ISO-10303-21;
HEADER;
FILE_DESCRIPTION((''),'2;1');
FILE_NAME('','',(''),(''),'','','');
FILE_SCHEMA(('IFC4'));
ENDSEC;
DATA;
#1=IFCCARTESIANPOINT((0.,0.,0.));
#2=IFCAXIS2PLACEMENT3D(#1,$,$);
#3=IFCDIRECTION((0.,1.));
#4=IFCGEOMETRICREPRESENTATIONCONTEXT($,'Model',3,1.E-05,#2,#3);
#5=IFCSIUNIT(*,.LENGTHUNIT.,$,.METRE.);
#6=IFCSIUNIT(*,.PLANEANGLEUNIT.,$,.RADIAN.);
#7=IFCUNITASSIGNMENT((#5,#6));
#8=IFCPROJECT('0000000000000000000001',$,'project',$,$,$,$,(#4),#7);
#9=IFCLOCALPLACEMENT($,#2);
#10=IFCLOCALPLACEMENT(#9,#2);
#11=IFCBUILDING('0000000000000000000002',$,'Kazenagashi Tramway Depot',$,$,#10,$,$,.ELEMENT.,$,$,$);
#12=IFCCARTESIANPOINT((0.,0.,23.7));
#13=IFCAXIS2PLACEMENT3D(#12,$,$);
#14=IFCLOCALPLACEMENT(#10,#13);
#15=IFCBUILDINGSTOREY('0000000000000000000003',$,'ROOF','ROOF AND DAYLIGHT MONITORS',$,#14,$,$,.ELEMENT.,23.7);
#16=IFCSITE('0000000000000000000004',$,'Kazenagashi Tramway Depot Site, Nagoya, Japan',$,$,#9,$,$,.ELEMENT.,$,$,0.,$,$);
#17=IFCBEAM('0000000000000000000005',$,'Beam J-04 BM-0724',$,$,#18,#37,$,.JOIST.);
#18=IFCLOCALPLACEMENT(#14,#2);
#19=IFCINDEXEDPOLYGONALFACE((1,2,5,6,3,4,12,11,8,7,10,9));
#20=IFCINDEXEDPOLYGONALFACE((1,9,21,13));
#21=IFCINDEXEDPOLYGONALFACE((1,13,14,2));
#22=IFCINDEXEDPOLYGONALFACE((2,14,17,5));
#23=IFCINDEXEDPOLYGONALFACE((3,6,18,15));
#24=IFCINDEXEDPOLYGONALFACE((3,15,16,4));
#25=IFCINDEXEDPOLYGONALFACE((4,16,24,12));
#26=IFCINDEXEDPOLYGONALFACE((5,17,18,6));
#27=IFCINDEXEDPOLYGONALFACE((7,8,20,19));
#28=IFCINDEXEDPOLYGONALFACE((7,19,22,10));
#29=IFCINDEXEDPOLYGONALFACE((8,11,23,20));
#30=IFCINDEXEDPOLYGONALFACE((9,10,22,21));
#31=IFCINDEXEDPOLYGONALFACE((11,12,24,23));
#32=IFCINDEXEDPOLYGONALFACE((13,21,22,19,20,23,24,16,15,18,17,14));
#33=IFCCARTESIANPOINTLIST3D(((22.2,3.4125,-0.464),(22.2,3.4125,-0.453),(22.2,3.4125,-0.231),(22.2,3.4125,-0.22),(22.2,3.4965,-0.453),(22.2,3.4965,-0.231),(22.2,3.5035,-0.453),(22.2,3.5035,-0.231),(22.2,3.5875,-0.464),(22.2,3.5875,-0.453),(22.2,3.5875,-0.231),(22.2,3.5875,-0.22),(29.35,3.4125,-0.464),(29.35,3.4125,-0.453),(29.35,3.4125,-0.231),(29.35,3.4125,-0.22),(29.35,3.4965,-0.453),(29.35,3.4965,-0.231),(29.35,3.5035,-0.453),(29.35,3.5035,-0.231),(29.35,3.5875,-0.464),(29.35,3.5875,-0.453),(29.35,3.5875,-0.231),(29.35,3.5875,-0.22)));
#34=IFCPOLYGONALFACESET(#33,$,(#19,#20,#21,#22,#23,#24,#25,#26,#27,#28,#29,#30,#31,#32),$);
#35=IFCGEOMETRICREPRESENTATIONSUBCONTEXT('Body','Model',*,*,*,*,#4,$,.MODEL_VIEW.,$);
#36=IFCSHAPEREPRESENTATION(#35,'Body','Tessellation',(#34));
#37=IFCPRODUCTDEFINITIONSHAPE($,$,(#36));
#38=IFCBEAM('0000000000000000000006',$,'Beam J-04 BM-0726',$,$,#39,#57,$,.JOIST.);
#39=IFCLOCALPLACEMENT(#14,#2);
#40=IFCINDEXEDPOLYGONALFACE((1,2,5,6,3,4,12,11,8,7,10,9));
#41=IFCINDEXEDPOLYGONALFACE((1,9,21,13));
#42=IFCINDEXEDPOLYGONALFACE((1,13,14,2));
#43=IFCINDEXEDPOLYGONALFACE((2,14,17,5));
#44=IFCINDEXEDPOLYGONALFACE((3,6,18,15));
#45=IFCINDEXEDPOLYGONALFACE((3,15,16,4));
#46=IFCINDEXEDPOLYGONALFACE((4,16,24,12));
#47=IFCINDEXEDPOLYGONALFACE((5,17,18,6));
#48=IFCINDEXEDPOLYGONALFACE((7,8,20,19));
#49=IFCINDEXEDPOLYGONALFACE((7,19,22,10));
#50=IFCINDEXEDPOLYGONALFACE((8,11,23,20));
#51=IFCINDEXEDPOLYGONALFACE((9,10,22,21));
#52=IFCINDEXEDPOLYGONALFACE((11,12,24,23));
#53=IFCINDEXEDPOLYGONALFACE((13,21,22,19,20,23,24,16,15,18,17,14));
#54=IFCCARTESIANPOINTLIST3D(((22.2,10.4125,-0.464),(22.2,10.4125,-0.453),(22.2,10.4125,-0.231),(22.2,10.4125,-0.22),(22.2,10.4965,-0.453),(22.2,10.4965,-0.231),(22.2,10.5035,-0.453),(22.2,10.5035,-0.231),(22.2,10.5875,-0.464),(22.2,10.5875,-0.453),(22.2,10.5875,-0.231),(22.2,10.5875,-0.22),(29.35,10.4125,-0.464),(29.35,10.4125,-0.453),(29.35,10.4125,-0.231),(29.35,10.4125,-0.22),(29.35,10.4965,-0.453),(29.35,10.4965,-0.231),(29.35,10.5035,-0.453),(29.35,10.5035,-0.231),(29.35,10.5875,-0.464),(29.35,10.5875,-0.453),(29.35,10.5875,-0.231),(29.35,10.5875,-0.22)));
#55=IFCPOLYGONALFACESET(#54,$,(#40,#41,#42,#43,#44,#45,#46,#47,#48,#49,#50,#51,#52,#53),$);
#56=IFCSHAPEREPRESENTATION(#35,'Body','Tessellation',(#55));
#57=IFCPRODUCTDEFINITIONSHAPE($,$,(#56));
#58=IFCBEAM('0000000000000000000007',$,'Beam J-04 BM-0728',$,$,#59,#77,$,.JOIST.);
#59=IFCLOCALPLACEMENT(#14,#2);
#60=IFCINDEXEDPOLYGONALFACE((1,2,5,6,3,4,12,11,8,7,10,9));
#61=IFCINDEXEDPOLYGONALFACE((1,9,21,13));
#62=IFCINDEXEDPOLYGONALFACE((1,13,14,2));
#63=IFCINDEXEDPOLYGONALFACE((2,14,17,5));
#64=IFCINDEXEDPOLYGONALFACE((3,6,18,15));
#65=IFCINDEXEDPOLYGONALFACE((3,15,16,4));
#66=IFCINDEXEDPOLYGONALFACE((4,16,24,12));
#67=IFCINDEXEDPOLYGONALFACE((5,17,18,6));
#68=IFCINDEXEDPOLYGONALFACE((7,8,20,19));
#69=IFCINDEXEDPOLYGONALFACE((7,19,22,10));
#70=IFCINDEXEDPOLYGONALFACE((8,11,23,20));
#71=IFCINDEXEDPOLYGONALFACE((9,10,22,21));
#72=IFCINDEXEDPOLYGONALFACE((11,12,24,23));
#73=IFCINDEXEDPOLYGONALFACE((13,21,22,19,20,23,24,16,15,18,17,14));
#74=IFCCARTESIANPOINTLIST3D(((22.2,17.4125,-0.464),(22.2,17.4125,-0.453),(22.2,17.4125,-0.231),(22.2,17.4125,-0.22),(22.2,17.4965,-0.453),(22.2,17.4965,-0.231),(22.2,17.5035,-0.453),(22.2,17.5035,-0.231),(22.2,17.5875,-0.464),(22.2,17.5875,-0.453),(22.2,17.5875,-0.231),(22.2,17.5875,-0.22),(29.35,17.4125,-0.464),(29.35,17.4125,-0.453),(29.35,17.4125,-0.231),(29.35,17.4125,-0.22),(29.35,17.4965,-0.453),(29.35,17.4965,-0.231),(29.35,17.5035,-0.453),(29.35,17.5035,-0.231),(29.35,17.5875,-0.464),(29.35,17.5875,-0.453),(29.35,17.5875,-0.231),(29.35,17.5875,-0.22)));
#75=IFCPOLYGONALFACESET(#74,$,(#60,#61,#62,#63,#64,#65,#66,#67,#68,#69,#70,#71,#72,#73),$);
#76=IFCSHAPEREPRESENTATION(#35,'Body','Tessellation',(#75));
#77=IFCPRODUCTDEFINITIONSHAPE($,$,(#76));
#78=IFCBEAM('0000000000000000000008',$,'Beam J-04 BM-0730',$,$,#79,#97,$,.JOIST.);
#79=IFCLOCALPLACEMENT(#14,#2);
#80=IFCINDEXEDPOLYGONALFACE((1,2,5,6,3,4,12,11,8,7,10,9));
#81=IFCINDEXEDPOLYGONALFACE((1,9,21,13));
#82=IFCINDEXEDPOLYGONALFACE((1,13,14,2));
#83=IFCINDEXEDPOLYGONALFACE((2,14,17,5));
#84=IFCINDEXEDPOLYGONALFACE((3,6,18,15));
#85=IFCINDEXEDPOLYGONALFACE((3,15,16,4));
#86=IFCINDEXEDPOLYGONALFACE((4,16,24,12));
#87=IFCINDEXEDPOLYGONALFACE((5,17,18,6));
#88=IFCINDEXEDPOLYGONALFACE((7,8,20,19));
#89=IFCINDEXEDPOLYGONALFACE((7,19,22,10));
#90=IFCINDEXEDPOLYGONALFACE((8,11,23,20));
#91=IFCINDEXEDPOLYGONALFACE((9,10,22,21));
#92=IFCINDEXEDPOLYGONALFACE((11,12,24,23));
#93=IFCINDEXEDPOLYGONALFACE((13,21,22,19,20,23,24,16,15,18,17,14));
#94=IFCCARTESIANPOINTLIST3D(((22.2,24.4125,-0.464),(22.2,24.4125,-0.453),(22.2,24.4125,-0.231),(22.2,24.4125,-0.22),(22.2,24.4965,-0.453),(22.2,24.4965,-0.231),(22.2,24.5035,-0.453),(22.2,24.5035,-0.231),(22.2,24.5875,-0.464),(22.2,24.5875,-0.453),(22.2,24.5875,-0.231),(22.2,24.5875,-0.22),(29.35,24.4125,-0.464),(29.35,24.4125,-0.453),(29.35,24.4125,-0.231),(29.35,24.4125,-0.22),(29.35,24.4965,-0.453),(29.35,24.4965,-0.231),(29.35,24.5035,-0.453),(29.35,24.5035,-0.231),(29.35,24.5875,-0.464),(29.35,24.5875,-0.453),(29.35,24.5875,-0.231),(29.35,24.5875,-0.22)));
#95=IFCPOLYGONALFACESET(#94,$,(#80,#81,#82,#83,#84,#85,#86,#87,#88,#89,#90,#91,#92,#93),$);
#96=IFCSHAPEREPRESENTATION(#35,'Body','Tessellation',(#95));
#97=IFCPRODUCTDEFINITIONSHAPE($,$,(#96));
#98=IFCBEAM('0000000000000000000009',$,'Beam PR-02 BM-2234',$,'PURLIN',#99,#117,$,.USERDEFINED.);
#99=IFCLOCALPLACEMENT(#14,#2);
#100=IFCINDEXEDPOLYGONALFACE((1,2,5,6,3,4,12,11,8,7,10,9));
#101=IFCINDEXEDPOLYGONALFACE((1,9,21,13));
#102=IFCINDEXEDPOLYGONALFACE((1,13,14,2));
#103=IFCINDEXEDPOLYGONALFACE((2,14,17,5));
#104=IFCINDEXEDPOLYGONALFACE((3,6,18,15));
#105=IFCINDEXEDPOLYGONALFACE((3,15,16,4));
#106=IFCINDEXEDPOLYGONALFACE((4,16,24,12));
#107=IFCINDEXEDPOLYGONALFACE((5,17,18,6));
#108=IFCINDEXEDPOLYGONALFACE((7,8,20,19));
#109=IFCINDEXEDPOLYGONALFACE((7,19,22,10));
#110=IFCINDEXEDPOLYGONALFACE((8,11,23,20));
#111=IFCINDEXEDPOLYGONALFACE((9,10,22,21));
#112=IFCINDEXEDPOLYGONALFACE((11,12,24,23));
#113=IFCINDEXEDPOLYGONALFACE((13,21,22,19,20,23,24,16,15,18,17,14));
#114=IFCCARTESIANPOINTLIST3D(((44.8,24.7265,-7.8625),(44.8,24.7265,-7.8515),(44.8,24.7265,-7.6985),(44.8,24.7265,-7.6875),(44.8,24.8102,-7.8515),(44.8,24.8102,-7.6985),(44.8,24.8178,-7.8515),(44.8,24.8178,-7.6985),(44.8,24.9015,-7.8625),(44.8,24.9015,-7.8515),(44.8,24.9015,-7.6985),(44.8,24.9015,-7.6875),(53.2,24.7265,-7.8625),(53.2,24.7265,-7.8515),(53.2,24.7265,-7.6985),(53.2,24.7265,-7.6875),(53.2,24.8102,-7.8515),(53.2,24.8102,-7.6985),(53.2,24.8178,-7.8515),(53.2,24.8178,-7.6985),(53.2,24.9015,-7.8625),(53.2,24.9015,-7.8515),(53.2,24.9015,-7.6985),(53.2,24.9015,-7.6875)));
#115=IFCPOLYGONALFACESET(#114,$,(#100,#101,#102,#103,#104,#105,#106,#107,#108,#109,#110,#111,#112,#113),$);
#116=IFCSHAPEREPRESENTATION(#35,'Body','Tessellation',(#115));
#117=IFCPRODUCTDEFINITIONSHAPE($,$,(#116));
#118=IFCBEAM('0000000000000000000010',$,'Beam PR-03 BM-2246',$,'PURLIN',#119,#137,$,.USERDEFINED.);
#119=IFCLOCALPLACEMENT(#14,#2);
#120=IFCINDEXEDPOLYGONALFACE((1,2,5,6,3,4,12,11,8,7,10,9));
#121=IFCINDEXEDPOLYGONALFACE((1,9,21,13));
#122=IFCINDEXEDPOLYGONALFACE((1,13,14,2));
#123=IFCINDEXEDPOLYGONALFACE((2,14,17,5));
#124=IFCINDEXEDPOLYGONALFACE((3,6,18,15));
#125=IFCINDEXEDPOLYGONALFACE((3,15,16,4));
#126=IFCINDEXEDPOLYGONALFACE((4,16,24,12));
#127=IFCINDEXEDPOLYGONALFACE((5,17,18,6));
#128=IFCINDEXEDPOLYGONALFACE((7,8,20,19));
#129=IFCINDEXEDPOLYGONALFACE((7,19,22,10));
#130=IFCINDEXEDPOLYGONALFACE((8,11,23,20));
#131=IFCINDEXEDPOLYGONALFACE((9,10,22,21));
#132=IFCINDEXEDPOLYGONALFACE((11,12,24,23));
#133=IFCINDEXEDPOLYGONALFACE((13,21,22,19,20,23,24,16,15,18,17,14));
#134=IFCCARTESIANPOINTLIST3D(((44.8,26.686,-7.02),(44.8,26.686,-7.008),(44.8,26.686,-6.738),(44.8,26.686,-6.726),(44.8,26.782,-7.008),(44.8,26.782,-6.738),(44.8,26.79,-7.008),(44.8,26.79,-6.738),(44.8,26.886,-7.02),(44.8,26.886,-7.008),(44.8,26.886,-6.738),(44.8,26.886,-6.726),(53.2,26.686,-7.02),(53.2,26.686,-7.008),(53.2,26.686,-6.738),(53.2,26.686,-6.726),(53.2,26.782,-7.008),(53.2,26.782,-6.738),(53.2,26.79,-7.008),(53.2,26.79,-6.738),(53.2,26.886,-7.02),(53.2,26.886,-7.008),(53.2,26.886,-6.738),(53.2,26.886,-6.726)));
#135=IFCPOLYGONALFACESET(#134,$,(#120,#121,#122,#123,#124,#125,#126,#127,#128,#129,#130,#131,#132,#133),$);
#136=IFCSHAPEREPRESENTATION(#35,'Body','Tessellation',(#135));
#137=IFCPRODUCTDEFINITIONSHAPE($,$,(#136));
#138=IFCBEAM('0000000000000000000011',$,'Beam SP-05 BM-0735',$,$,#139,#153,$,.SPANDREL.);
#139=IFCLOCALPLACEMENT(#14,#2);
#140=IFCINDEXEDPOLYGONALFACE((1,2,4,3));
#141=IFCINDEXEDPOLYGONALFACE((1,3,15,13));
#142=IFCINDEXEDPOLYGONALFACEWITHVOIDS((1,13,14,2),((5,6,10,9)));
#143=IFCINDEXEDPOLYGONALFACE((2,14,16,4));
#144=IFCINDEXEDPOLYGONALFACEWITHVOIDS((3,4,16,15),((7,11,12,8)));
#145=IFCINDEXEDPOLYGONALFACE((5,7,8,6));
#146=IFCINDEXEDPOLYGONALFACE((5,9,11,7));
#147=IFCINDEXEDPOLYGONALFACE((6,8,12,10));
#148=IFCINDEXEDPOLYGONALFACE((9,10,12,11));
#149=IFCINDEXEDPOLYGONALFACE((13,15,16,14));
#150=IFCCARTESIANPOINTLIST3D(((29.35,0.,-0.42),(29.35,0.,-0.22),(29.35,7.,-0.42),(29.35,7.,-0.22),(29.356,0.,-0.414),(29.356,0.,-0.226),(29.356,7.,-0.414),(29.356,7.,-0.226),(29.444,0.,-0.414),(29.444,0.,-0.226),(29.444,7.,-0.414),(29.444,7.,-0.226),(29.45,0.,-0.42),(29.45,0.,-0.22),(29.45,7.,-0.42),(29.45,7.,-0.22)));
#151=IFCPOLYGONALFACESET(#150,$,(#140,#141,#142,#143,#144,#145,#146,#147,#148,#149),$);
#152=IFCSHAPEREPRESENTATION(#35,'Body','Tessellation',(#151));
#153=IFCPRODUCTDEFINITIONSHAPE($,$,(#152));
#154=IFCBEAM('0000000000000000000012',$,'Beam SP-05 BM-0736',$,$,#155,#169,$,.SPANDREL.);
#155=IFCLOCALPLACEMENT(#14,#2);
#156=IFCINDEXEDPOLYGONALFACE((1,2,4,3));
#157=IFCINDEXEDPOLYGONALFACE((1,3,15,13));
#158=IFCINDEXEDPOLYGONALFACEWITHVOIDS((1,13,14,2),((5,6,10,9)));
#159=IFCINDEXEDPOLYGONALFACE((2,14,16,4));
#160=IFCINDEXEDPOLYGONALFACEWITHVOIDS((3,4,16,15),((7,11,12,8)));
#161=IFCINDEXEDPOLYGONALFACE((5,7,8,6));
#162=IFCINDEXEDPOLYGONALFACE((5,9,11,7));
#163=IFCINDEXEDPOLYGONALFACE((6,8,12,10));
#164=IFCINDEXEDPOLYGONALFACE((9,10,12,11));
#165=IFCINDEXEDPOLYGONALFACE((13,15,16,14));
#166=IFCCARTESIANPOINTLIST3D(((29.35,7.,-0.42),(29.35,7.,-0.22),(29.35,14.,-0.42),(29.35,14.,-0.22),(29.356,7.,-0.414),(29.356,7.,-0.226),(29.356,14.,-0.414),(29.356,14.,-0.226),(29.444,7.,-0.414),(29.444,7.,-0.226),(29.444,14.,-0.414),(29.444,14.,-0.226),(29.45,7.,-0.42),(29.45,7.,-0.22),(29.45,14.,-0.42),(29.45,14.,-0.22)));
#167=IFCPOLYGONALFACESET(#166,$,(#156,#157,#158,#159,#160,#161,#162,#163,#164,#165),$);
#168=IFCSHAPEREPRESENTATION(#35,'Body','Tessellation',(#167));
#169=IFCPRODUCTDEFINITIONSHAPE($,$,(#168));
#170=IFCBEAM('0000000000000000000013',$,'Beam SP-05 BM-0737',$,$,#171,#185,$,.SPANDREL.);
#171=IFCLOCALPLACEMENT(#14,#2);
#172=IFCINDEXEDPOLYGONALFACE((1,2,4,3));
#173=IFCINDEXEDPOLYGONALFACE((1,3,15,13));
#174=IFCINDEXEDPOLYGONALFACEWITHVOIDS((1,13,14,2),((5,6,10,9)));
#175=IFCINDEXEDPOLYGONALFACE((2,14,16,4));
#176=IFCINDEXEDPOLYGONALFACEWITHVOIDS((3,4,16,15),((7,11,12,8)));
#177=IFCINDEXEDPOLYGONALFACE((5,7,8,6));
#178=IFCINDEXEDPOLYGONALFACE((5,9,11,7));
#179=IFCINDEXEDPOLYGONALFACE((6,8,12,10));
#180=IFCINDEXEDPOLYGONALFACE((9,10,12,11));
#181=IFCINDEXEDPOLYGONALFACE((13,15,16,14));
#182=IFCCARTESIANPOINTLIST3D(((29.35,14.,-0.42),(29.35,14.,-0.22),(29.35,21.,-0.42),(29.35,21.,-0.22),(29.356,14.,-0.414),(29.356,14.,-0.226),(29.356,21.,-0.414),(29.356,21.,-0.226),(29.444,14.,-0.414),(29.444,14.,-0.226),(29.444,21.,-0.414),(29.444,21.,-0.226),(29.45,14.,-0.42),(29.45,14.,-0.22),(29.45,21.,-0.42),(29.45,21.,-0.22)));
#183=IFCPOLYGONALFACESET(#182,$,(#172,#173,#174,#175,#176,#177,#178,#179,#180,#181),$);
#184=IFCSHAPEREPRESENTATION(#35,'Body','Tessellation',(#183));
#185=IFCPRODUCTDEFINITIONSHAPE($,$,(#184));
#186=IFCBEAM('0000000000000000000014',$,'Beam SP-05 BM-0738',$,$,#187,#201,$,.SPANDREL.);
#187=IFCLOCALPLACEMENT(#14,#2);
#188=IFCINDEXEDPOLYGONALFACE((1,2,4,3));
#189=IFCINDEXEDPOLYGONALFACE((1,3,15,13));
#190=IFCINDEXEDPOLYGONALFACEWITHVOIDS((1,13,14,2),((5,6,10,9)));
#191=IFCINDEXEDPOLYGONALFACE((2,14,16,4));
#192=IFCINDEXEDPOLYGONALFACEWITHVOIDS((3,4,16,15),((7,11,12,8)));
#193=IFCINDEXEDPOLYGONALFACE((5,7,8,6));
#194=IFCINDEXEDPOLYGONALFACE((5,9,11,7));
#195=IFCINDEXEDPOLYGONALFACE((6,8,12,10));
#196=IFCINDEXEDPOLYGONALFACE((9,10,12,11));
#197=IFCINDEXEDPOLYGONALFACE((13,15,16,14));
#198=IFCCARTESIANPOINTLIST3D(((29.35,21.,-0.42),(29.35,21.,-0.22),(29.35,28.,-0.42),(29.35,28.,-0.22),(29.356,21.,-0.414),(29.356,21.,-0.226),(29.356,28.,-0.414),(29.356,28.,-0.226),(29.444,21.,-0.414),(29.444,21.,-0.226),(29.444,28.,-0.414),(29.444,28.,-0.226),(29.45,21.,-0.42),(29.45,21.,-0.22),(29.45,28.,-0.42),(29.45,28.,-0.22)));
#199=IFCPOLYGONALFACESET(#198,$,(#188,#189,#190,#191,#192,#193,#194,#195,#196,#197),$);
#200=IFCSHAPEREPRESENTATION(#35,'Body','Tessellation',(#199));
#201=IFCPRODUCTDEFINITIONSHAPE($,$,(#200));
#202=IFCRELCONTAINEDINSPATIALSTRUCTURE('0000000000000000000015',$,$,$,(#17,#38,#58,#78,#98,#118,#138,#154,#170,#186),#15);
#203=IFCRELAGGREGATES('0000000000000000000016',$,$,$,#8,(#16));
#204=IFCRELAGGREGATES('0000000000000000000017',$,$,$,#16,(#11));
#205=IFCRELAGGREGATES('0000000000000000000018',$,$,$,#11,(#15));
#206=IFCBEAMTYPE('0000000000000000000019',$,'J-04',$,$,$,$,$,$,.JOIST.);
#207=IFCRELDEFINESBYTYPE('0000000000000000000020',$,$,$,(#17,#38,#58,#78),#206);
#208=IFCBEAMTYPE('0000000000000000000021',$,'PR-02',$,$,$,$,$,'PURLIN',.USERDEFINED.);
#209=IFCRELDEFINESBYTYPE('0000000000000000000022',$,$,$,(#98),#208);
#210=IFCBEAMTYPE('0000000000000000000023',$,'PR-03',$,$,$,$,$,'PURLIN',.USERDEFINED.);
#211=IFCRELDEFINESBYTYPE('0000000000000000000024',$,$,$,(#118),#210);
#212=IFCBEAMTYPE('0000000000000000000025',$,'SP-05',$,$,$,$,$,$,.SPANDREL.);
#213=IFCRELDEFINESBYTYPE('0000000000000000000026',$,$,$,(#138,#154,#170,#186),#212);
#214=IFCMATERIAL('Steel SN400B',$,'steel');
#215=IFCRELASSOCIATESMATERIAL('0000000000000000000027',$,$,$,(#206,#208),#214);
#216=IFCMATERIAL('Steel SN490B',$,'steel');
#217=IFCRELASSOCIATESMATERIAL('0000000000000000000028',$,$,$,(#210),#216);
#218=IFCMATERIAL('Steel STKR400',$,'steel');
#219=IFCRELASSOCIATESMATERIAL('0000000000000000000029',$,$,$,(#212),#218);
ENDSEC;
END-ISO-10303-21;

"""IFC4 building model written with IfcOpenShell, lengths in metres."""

from ifc_helpers import new_model, si_unit, direction, frame, origin, origin_2d, place, context, subcontext, project, spatial, hollow_rectangle, i_section, extrude, material, material_profile, profile_set, type_object, element, save


model = new_model("IFC4")

# Units and contexts
model_context = context("Model", 3, precision=1e-05, world=origin(), true_north=direction((0.0, 1.0)))
body_context = subcontext(model_context, "Body", "Model", "MODEL_VIEW")
ifc_project = project(units=[si_unit("LENGTHUNIT", "METRE"), si_unit("PLANEANGLEUNIT", "RADIAN")], contexts=[model_context])

# Site, building, storey
site_placement = place(None, origin())
site = spatial("IfcSite", under=ifc_project, at=site_placement, Name="Kazenagashi Tramway Depot Site, Nagoya, Japan", CompositionType="ELEMENT", RefElevation=0.0)
building_placement = place(site_placement, origin())
building = spatial("IfcBuilding", under=site, at=building_placement, Name="Kazenagashi Tramway Depot", CompositionType="ELEMENT")
storey_placement = place(building_placement, frame((0.0, 0.0, 23.7)))
storey = spatial("IfcBuildingStorey", under=building, at=storey_placement, Name="ROOF", Description="ROOF AND DAYLIGHT MONITORS", CompositionType="ELEMENT", Elevation=23.7)

# Shared definitions
ifc_material_1 = material(Name="Steel STKR400", Category="steel")

# Beams
ifc_material_2 = material(Name="Steel SN490B", Category="steel")
ifc_material_3 = material(Name="Steel SN400B", Category="steel")
ifc_material_profile_1 = material_profile(ifc_material_3, i_section(OverallWidth=0.175, OverallDepth=0.244, WebThickness=0.007, FlangeThickness=0.011, at=origin_2d()), Name="H-244x175x7x11")
ifc_profile_set_1 = profile_set([ifc_material_profile_1], Name="Steel SN400B")
beam_type_1 = type_object("IfcBeamType", Name="J-04", PredefinedType="JOIST", material=ifc_profile_set_1)
for number, where, z_axis, x_axis, name in (
    (1, (22.2, 3.5, -0.342), (1.0, 0.0, 0.0), (0.0, 1.0, 0.0), "Beam J-04 BM-0724"),
    (2, (22.2, 10.5, -0.342), (1.0, 0.0, 0.0), (0.0, 1.0, 0.0), "Beam J-04 BM-0726"),
    (3, (22.2, 17.5, -0.342), (1.0, 0.0, 0.0), (0.0, 1.0, 0.0), "Beam J-04 BM-0728"),
    (4, (22.2, 24.5, -0.342), (1.0, 0.0, 0.0), (0.0, 1.0, 0.0), "Beam J-04 BM-0730"),
):
    element("IfcBeam", number, at=place(storey_placement, frame(where, z_axis=z_axis, x_axis=x_axis)), inside=storey, type_object=beam_type_1, Name=name, PredefinedType="JOIST", context=body_context, shape_type="SweptSolid", body=[
        extrude(i_section(OverallWidth=0.175, OverallDepth=0.244, WebThickness=0.007, FlangeThickness=0.011, at=origin_2d()), origin(), (0.0, 0.0, 1.0), 7.15),
    ])
ifc_material_profile_2 = material_profile(ifc_material_3, i_section(OverallWidth=0.175, OverallDepth=0.175, WebThickness=0.0075, FlangeThickness=0.011, at=origin_2d()), Name="H-175x175x7.5x11")
ifc_profile_set_2 = profile_set([ifc_material_profile_2], Name="Steel SN400B")
beam_type_2 = type_object("IfcBeamType", Name="PR-02", ElementType="PURLIN", PredefinedType="USERDEFINED", material=ifc_profile_set_2)
beam_1_placement = place(storey_placement, frame((44.8, 24.814, -7.775), z_axis=(1.0, 0.0, 0.0), x_axis=(0.0, 1.0, 0.0)))
element("IfcBeam", 5, at=beam_1_placement, inside=storey, type_object=beam_type_2, Name="Beam PR-02 BM-2234", ObjectType="PURLIN", PredefinedType="USERDEFINED", context=body_context, shape_type="SweptSolid", body=[
    extrude(i_section(OverallWidth=0.175, OverallDepth=0.175, WebThickness=0.0075, FlangeThickness=0.011, at=origin_2d()), origin(), (0.0, 0.0, 1.0), 8.4),
])
ifc_material_profile_3 = material_profile(ifc_material_2, i_section(OverallWidth=0.2, OverallDepth=0.294, WebThickness=0.008, FlangeThickness=0.012, at=origin_2d()), Name="H-294x200x8x12")
ifc_profile_set_3 = profile_set([ifc_material_profile_3], Name="Steel SN490B")
beam_type_3 = type_object("IfcBeamType", Name="PR-03", ElementType="PURLIN", PredefinedType="USERDEFINED", material=ifc_profile_set_3)
beam_2_placement = place(storey_placement, frame((44.8, 26.786, -6.873), z_axis=(1.0, 0.0, 0.0), x_axis=(0.0, 1.0, 0.0)))
element("IfcBeam", 6, at=beam_2_placement, inside=storey, type_object=beam_type_3, Name="Beam PR-03 BM-2246", ObjectType="PURLIN", PredefinedType="USERDEFINED", context=body_context, shape_type="SweptSolid", body=[
    extrude(i_section(OverallWidth=0.2, OverallDepth=0.294, WebThickness=0.008, FlangeThickness=0.012, at=origin_2d()), origin(), (0.0, 0.0, 1.0), 8.4),
])
ifc_material_profile_4 = material_profile(ifc_material_1, hollow_rectangle(XDim=0.1, YDim=0.2, WallThickness=0.006, at=origin_2d()), Name="RHS-200x100x6")
ifc_profile_set_4 = profile_set([ifc_material_profile_4], Name="Steel STKR400")
beam_type_4 = type_object("IfcBeamType", Name="SP-05", PredefinedType="SPANDREL", material=ifc_profile_set_4)
for number, where, z_axis, x_axis, name in (
    (7, (29.4, 0.0, -0.32), (0.0, 1.0, 0.0), (-1.0, 0.0, 0.0), "Beam SP-05 BM-0735"),
    (8, (29.4, 7.0, -0.32), (0.0, 1.0, 0.0), (-1.0, 0.0, 0.0), "Beam SP-05 BM-0736"),
    (9, (29.4, 14.0, -0.32), (0.0, 1.0, 0.0), (-1.0, 0.0, 0.0), "Beam SP-05 BM-0737"),
    (10, (29.4, 21.0, -0.32), (0.0, 1.0, 0.0), (-1.0, 0.0, 0.0), "Beam SP-05 BM-0738"),
):
    element("IfcBeam", number, at=place(storey_placement, frame(where, z_axis=z_axis, x_axis=x_axis)), inside=storey, type_object=beam_type_4, Name=name, PredefinedType="SPANDREL", context=body_context, shape_type="SweptSolid", body=[
        extrude(hollow_rectangle(XDim=0.1, YDim=0.2, WallThickness=0.006, at=origin_2d()), origin(), (0.0, 0.0, 1.0), 7.0),
    ])

save(model, "model.ifc")
